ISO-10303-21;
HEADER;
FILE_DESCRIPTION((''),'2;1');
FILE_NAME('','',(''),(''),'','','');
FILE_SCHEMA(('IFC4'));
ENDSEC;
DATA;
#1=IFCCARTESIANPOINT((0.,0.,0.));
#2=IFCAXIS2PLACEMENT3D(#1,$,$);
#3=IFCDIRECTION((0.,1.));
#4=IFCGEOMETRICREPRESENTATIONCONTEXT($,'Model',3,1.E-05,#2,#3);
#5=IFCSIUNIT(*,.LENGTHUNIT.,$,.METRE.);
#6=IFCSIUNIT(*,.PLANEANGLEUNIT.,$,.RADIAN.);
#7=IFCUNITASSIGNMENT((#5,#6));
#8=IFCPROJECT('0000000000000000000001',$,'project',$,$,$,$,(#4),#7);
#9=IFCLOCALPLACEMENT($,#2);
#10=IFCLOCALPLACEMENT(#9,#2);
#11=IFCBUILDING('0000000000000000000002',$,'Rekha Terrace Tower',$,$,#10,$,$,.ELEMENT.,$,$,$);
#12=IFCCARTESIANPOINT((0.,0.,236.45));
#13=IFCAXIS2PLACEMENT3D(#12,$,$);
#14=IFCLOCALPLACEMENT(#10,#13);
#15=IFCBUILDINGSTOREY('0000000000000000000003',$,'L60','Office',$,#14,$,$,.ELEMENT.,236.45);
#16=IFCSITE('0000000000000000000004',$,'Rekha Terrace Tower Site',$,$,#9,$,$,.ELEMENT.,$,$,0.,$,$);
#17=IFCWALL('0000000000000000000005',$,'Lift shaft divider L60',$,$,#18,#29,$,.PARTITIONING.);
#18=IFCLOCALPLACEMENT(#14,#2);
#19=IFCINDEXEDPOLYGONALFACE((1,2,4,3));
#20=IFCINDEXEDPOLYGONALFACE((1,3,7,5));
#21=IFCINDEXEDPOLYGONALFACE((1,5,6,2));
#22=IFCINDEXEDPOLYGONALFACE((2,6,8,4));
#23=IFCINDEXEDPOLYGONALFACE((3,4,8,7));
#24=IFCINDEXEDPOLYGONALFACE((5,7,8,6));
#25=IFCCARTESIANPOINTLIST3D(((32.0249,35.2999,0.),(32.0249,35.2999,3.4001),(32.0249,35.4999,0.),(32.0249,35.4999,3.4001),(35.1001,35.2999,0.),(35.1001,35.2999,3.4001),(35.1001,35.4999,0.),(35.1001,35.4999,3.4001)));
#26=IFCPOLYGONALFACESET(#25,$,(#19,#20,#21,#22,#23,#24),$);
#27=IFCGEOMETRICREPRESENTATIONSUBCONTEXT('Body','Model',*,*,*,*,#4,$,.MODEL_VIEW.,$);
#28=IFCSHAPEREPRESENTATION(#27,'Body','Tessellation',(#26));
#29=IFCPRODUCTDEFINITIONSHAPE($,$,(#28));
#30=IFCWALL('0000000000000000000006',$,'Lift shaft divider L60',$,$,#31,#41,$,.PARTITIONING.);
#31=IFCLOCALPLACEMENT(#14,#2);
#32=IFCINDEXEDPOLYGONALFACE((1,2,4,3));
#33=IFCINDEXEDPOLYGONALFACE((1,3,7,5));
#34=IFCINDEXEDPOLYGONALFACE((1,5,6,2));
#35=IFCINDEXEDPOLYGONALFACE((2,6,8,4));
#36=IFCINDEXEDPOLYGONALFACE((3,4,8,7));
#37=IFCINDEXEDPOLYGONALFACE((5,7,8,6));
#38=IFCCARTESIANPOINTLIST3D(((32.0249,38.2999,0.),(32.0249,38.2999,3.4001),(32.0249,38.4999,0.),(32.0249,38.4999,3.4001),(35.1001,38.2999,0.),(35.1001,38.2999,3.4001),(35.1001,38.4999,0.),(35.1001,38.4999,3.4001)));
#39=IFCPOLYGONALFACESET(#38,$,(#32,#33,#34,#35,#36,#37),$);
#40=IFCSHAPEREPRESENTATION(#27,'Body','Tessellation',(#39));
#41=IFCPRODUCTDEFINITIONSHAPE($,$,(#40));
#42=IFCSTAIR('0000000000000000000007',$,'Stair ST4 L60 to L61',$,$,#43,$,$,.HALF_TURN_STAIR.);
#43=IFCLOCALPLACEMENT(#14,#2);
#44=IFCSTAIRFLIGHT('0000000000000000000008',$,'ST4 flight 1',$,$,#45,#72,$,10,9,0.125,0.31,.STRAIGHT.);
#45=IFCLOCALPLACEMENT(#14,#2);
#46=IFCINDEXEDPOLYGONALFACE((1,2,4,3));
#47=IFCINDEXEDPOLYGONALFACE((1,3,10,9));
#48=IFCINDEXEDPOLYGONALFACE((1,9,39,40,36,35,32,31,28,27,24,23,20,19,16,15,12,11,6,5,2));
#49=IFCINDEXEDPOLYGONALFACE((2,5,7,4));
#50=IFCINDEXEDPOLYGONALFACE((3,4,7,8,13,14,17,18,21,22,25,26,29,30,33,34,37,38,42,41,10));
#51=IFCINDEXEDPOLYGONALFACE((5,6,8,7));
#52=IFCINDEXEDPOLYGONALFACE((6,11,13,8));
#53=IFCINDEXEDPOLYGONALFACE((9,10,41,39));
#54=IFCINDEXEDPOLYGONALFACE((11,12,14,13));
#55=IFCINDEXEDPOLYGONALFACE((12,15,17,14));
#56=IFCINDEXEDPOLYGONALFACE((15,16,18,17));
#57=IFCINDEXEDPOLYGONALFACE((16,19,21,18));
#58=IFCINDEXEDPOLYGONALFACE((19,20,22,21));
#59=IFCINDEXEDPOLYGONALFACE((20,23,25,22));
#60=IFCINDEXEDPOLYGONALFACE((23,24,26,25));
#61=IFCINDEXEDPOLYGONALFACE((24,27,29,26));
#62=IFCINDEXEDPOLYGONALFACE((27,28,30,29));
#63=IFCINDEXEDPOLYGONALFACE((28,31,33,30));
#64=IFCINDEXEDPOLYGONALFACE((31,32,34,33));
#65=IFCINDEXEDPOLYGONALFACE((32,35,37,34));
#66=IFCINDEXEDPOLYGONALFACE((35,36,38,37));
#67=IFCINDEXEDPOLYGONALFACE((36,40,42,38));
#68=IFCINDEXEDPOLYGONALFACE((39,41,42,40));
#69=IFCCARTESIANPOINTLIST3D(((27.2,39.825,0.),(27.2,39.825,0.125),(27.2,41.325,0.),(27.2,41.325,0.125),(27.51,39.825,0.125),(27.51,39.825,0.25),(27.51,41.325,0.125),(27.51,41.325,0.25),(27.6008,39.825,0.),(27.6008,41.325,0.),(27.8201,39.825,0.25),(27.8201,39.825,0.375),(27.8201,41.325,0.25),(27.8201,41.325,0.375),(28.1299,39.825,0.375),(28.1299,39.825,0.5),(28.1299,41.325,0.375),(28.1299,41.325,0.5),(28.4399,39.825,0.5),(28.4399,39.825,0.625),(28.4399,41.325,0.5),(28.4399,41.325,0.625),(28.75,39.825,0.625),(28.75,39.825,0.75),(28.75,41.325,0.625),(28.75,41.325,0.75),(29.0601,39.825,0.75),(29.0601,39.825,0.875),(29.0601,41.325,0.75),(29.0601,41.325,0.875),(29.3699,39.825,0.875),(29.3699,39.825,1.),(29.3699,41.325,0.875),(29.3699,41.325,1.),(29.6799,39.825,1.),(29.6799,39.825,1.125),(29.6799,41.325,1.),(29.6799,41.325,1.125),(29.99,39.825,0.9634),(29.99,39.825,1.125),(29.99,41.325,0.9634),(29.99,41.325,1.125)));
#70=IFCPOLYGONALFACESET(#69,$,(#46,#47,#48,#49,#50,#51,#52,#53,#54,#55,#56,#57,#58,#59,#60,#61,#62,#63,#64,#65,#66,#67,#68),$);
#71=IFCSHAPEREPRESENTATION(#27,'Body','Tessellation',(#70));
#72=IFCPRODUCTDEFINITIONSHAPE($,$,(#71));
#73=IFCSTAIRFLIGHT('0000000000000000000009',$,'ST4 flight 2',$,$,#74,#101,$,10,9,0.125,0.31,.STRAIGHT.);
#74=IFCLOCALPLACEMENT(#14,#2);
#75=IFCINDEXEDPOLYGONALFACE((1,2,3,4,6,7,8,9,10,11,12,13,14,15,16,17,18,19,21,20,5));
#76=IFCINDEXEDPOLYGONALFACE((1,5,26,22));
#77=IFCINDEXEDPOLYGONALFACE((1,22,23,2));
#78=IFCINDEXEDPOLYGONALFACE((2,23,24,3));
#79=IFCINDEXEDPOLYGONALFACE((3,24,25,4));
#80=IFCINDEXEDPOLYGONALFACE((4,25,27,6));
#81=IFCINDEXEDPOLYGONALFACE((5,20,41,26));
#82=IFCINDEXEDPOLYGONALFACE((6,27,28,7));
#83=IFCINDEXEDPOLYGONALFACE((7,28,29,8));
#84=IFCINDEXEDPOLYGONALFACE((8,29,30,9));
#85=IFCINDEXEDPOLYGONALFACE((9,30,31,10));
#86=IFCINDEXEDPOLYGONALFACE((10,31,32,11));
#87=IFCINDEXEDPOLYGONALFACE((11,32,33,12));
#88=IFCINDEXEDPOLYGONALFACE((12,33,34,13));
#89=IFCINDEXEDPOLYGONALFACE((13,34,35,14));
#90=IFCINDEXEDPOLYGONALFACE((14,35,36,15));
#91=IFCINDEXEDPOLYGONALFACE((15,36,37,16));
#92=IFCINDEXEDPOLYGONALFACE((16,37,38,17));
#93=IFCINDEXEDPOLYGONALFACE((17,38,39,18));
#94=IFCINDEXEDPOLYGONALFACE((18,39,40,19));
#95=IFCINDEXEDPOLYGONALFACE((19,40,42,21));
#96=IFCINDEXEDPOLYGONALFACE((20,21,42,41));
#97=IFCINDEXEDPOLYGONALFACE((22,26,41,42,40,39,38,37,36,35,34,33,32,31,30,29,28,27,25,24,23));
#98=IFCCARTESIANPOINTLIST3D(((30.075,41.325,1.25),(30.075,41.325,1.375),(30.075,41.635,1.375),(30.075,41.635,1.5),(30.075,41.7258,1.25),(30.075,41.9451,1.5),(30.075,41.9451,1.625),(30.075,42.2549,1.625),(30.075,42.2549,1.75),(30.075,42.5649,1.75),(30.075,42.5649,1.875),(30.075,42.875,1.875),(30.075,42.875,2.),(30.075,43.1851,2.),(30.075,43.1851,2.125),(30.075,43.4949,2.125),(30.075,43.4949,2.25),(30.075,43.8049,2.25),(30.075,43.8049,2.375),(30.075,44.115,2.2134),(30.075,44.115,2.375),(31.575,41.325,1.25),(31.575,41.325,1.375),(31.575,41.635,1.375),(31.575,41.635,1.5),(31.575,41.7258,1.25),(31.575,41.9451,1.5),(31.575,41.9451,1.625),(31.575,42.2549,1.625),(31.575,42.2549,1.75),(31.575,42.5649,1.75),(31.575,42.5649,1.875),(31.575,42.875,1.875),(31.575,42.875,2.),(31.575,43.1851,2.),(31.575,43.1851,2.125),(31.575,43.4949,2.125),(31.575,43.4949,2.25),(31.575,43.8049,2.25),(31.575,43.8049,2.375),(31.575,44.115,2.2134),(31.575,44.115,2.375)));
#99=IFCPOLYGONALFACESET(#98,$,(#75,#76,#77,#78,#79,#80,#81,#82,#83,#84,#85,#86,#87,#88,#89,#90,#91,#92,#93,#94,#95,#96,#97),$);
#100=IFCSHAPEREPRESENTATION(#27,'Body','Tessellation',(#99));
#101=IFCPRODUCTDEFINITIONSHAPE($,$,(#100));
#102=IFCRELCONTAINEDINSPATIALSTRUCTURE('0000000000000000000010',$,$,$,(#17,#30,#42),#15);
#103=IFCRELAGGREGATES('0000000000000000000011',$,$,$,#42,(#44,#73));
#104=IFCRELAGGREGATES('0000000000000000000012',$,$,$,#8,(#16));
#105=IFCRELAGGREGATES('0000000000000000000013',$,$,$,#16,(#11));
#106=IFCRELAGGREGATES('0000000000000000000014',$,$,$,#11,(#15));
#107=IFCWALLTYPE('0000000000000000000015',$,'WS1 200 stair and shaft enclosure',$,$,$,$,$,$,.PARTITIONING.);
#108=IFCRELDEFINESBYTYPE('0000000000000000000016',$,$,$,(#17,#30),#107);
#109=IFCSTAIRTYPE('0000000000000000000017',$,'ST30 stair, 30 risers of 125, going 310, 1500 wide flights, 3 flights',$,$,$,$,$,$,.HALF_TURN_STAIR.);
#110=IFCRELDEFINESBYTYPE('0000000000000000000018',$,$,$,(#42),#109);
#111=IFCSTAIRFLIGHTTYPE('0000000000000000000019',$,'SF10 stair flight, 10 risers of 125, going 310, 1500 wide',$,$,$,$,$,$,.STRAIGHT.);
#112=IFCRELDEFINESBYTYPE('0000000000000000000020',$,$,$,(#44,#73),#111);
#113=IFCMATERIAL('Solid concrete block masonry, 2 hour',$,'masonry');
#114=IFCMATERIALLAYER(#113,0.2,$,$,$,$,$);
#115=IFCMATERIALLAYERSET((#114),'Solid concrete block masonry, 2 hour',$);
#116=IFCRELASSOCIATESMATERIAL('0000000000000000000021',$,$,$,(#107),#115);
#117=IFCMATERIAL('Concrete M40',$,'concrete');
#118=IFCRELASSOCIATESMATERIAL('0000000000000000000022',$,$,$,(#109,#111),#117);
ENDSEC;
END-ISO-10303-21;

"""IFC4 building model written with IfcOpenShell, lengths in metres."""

from ifc_helpers import new_model, si_unit, direction, frame, frame_2d, origin, place, context, subcontext, project, spatial, polyline, rectangle, outline, extrude, material, layer, layer_set, type_object, element, aggregate, save


model = new_model("IFC4")

# Units and contexts
model_context = context("Model", 3, precision=1e-05, world=origin(), true_north=direction((0.0, 1.0)))
body_context = subcontext(model_context, "Body", "Model", "MODEL_VIEW")
ifc_project = project(units=[si_unit("LENGTHUNIT", "METRE"), si_unit("PLANEANGLEUNIT", "RADIAN")], contexts=[model_context])

# Site, building, storey
site_placement = place(None, origin())
site = spatial("IfcSite", under=ifc_project, at=site_placement, Name="Rekha Terrace Tower Site", CompositionType="ELEMENT", RefElevation=0.0)
building_placement = place(site_placement, origin())
building = spatial("IfcBuilding", under=site, at=building_placement, Name="Rekha Terrace Tower", CompositionType="ELEMENT")
storey_placement = place(building_placement, frame((0.0, 0.0, 236.45)))
storey = spatial("IfcBuildingStorey", under=building, at=storey_placement, Name="L60", Description="Office", CompositionType="ELEMENT", Elevation=236.45)

# Walls
ifc_material_1 = material(Name="Solid concrete block masonry, 2 hour", Category="masonry")
ifc_layer_1 = layer(ifc_material_1, 0.2)
ifc_layer_set_1 = layer_set([ifc_layer_1], Name="Solid concrete block masonry, 2 hour")
wall_type_1 = type_object("IfcWallType", Name="WS1 200 stair and shaft enclosure", PredefinedType="PARTITIONING", material=ifc_layer_set_1)
for number, where, z_axis, x_axis, name in (
    (1, (32.0249, 35.3999, 0.0), (0.0, 0.0, 1.0), (1.0, 0.0, 0.0), "Lift shaft divider L60"),
    (2, (32.0249, 38.3999, 0.0), (0.0, 0.0, 1.0), (1.0, 0.0, 0.0), "Lift shaft divider L60"),
):
    element("IfcWall", number, at=place(storey_placement, frame(where, z_axis=z_axis, x_axis=x_axis)), inside=storey, type_object=wall_type_1, Name=name, PredefinedType="PARTITIONING", context=body_context, shape_type="SweptSolid", body=[
        extrude(rectangle(XDim=3.0752, YDim=0.2, at=frame_2d((1.5376, 0.0))), origin(), (0.0, 0.0, 1.0), 3.4001),
    ])

# Stair, stair flights
ifc_material_2 = material(Name="Concrete M40", Category="concrete")
stair_type = type_object("IfcStairType", Name="ST30 stair, 30 risers of 125, going 310, 1500 wide flights, 3 flights", PredefinedType="HALF_TURN_STAIR", material=ifc_material_2)
stair_placement = place(storey_placement, origin())
stair = element("IfcStair", 3, at=stair_placement, inside=storey, type_object=stair_type, Name="Stair ST4 L60 to L61", PredefinedType="HALF_TURN_STAIR")
stair_flight_type = type_object("IfcStairFlightType", Name="SF10 stair flight, 10 risers of 125, going 310, 1500 wide", PredefinedType="STRAIGHT", material=ifc_material_2)
stair_flight_1_placement = place(storey_placement, frame((27.2, 40.575, 0.0), z_axis=(0.0, 0.0, 1.0), x_axis=(1.0, 0.0, 0.0)))
stair_flight_1 = element("IfcStairFlight", 4, at=stair_flight_1_placement, type_object=stair_flight_type, Name="ST4 flight 1", NumberOfRisers=10, NumberOfTreads=9, PredefinedType="STRAIGHT", RiserHeight=0.125, TreadLength=0.31, context=body_context, shape_type="SweptSolid", body=[
    extrude(outline(polyline([(0.0, 0.0), (0.0, 0.125), (0.3101, 0.125), (0.3101, 0.25), (0.6201, 0.25), (0.6201, 0.375), (0.9299, 0.375), (0.9299, 0.5), (1.24, 0.5), (1.24, 0.625), (1.55, 0.625), (1.55, 0.75), (1.8601, 0.75), (1.8601, 0.875), (2.1699, 0.875), (2.1699, 1.0), (2.48, 1.0), (2.48, 1.125), (2.79, 1.125), (2.79, 1.25), (2.79, 0.9634), (0.4009, 0.0), (0.0, 0.0)])), frame((0.0, 0.75, 0.0), z_axis=(0.0, -1.0, 0.0), x_axis=(1.0, 0.0, 0.0)), (0.0, 0.0, 1.0), 1.5),
])
stair_flight_2_placement = place(storey_placement, frame((30.825, 41.325, 1.25), z_axis=(0.0, 0.0, 1.0), x_axis=(0.0, 1.0, 0.0)))
stair_flight_2 = element("IfcStairFlight", 5, at=stair_flight_2_placement, type_object=stair_flight_type, Name="ST4 flight 2", NumberOfRisers=10, NumberOfTreads=9, PredefinedType="STRAIGHT", RiserHeight=0.125, TreadLength=0.31, context=body_context, shape_type="SweptSolid", body=[
    extrude(outline(polyline([(0.0, 0.0), (0.0, 0.125), (0.3101, 0.125), (0.3101, 0.25), (0.6201, 0.25), (0.6201, 0.375), (0.9299, 0.375), (0.9299, 0.5), (1.24, 0.5), (1.24, 0.625), (1.55, 0.625), (1.55, 0.75), (1.8601, 0.75), (1.8601, 0.875), (2.1699, 0.875), (2.1699, 1.0), (2.48, 1.0), (2.48, 1.125), (2.79, 1.125), (2.79, 1.25), (2.79, 0.9634), (0.4009, 0.0), (0.0, 0.0)])), frame((0.0, 0.75, 0.0), z_axis=(0.0, -1.0, 0.0), x_axis=(1.0, 0.0, 0.0)), (0.0, 0.0, 1.0), 1.5),
])
aggregate(stair, [stair_flight_1, stair_flight_2])

save(model, "model.ifc")
